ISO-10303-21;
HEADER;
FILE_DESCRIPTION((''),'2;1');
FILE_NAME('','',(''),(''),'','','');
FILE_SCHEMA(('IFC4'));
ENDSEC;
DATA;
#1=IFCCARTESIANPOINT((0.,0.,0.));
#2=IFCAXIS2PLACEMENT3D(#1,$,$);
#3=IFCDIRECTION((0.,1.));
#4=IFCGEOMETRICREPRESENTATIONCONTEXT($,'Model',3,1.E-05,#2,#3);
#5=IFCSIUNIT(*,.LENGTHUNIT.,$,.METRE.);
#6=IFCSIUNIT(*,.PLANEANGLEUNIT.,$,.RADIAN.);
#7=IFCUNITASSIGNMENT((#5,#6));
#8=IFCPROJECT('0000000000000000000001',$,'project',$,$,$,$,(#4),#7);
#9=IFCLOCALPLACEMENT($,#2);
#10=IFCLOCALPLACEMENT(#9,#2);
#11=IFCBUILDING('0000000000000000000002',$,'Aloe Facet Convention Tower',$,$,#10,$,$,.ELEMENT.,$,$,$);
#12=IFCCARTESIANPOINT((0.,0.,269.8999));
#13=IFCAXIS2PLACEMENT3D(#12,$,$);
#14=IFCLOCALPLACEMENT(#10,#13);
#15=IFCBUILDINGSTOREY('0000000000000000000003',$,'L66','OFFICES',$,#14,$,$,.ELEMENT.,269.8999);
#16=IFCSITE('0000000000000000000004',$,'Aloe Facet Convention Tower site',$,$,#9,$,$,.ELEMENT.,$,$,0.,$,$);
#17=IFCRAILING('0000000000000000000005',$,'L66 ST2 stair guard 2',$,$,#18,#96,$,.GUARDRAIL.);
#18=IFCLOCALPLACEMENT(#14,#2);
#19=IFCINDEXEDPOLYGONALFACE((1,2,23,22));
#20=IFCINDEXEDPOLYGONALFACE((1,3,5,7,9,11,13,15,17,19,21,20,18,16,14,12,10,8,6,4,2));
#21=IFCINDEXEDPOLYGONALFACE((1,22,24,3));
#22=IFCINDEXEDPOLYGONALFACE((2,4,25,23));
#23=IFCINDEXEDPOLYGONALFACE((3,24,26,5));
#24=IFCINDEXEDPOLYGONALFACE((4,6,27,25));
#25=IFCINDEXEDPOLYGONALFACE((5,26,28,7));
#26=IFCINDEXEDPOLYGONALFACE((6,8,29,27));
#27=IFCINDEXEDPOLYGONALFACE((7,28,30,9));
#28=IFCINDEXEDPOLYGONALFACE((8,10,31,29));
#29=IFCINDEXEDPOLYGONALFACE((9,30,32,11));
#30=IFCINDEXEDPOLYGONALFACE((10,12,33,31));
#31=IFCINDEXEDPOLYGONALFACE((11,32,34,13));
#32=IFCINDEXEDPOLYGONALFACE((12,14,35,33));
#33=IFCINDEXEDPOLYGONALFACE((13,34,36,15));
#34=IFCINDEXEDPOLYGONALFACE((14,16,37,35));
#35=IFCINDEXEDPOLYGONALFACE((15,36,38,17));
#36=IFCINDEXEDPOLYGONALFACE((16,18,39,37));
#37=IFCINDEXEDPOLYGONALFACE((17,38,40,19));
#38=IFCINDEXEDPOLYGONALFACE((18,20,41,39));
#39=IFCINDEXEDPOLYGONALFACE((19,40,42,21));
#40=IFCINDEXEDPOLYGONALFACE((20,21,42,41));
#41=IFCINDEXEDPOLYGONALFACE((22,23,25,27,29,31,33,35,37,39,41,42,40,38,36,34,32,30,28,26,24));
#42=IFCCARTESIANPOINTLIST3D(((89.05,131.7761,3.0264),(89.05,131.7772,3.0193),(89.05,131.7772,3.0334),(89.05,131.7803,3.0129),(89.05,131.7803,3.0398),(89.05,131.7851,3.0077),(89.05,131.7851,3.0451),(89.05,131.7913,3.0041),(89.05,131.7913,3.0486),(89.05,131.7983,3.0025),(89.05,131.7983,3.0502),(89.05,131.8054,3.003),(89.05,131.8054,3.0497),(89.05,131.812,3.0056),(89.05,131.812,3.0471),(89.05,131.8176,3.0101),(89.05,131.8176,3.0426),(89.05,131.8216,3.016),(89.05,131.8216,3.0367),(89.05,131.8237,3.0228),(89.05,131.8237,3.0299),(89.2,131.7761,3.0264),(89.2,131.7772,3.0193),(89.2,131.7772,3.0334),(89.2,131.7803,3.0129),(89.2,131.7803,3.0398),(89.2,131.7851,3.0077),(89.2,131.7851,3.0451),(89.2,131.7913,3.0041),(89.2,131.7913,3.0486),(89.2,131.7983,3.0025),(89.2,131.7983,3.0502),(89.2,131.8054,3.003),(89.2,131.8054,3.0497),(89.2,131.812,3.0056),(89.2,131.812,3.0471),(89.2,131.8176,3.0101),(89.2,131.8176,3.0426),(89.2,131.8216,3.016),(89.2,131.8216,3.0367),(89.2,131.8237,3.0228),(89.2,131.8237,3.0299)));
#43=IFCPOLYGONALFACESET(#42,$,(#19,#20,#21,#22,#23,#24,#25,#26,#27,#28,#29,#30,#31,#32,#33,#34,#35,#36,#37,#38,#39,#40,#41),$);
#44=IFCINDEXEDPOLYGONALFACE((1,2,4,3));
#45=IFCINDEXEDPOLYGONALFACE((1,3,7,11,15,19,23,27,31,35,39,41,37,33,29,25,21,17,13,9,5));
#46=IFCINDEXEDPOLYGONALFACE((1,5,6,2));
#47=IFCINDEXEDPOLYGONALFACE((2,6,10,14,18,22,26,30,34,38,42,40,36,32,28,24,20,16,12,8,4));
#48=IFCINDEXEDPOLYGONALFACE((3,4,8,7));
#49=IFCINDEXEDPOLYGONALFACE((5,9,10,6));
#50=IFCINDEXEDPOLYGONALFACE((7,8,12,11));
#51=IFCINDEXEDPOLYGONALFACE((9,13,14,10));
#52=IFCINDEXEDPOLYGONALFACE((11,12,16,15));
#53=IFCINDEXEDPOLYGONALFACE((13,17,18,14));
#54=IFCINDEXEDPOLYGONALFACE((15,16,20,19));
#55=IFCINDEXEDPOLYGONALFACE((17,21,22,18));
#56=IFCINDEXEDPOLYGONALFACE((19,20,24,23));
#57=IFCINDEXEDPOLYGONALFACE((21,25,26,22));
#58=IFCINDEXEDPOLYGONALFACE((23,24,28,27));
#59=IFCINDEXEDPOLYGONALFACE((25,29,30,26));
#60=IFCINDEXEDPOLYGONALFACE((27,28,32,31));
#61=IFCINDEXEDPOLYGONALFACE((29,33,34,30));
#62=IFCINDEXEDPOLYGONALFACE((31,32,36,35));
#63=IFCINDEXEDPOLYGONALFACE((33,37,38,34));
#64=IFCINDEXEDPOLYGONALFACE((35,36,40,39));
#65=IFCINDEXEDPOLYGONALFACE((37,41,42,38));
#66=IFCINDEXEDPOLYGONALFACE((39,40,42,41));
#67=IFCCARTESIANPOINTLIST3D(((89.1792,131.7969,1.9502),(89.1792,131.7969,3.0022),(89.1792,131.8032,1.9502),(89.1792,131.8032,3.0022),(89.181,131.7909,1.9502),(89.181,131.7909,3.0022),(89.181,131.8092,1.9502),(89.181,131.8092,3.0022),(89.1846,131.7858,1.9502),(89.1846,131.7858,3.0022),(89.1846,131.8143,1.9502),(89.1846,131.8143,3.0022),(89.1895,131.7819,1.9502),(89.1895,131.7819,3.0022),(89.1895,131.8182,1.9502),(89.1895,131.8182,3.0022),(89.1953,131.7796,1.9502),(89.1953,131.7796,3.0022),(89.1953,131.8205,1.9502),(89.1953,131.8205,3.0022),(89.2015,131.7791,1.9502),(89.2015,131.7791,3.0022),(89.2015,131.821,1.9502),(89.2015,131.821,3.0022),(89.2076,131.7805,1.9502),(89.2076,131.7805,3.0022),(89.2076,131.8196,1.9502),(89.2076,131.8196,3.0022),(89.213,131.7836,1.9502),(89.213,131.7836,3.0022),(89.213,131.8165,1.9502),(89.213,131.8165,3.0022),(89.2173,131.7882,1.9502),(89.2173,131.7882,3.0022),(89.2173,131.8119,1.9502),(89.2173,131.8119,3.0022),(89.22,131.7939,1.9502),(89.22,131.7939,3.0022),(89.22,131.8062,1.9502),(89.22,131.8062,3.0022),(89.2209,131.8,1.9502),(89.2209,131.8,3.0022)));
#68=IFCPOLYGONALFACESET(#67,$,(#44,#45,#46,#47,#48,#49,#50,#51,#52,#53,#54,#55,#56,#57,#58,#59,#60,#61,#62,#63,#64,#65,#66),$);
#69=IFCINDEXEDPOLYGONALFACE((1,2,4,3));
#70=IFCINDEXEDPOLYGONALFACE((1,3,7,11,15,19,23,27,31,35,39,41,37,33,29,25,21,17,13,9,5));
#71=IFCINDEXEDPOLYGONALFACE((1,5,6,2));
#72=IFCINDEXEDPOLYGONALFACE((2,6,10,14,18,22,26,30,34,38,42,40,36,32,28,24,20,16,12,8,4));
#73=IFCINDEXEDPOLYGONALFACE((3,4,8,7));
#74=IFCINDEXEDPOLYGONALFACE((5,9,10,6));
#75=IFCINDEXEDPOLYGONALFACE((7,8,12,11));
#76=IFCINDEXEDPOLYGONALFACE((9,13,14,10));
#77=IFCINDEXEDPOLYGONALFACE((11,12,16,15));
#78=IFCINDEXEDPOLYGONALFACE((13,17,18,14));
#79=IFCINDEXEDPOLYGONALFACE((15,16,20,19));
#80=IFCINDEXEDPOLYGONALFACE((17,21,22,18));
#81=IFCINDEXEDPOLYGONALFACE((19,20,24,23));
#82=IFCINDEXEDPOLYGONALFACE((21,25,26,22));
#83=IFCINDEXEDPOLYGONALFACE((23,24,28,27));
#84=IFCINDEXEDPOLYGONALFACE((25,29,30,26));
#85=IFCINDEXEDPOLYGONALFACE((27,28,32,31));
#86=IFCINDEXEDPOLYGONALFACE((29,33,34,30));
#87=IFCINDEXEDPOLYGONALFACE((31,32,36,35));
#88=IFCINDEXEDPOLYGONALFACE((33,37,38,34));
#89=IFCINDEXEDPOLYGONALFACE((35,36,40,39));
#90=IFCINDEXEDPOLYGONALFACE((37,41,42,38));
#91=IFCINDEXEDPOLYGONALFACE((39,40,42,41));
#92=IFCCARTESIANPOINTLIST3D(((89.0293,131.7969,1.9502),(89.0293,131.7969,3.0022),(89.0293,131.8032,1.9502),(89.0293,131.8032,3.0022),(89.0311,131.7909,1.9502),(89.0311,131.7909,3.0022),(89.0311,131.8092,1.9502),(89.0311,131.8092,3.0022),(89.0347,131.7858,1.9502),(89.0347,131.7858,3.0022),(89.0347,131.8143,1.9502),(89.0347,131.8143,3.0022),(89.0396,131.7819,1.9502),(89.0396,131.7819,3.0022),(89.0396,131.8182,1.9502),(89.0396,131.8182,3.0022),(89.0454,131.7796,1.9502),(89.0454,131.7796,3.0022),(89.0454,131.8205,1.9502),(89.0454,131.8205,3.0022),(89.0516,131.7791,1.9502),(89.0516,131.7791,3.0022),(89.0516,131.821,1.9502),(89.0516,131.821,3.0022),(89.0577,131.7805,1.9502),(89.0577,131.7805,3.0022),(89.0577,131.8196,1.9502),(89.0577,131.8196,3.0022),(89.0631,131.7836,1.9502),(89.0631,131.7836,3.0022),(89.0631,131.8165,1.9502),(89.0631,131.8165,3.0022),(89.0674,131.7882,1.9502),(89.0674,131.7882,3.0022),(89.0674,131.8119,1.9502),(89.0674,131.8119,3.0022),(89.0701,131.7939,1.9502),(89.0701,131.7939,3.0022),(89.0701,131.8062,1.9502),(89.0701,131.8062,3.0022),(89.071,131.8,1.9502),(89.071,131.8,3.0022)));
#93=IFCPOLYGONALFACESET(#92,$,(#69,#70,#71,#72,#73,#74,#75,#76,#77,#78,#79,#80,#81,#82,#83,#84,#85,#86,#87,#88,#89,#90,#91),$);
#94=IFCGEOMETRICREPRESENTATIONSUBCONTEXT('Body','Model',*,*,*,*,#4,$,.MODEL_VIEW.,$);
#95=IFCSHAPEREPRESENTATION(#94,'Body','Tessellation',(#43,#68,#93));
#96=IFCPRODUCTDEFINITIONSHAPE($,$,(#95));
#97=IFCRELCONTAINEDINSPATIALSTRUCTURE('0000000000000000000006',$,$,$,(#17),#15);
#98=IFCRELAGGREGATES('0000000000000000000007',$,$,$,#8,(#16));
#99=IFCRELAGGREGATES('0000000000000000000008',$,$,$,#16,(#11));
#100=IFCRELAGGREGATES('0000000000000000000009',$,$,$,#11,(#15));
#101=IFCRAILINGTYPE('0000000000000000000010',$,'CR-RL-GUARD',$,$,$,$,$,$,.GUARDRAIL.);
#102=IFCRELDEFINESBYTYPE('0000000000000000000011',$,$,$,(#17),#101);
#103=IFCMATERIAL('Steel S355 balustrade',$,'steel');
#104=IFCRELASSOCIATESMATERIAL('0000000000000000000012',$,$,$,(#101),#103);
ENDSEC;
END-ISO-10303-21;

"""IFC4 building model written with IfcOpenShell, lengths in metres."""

from ifc_helpers import new_model, si_unit, direction, frame, origin, origin_2d, place, context, subcontext, project, spatial, circle, extrude, material, type_object, element, save


model = new_model("IFC4")

# Units and contexts
model_context = context("Model", 3, precision=1e-05, world=origin(), true_north=direction((0.0, 1.0)))
body_context = subcontext(model_context, "Body", "Model", "MODEL_VIEW")
ifc_project = project(units=[si_unit("LENGTHUNIT", "METRE"), si_unit("PLANEANGLEUNIT", "RADIAN")], contexts=[model_context])

# Site, building, storey
site_placement = place(None, origin())
site = spatial("IfcSite", under=ifc_project, at=site_placement, Name="Aloe Facet Convention Tower site", CompositionType="ELEMENT", RefElevation=0.0)
building_placement = place(site_placement, origin())
building = spatial("IfcBuilding", under=site, at=building_placement, Name="Aloe Facet Convention Tower", CompositionType="ELEMENT")
storey_placement = place(building_placement, frame((0.0, 0.0, 269.8999)))
storey = spatial("IfcBuildingStorey", under=building, at=storey_placement, Name="L66", Description="OFFICES", CompositionType="ELEMENT", Elevation=269.8999)

# Railing
ifc_material_1 = material(Name="Steel S355 balustrade", Category="steel")
railing_type_1 = type_object("IfcRailingType", Name="CR-RL-GUARD", PredefinedType="GUARDRAIL", material=ifc_material_1)
railing_1_placement = place(storey_placement, frame((89.2, 131.8, 1.9502)))
element("IfcRailing", 1, at=railing_1_placement, inside=storey, type_object=railing_type_1, Name="L66 ST2 stair guard 2", PredefinedType="GUARDRAIL", context=body_context, shape_type="SweptSolid", body=[
    extrude(circle(Radius=0.0239, at=origin_2d()), frame((0.0, 0.0, 1.0762), z_axis=(-1.0, 0.0, 0.0), x_axis=(0.0, -1.0, 0.0)), (0.0, 0.0, 1.0), 0.1499),
    extrude(circle(Radius=0.021, at=origin_2d()), origin(), (0.0, 0.0, 1.0), 1.052),
    extrude(circle(Radius=0.021, at=origin_2d()), frame((-0.1499, 0.0, 0.0)), (0.0, 0.0, 1.0), 1.052),
])

save(model, "model.ifc")
